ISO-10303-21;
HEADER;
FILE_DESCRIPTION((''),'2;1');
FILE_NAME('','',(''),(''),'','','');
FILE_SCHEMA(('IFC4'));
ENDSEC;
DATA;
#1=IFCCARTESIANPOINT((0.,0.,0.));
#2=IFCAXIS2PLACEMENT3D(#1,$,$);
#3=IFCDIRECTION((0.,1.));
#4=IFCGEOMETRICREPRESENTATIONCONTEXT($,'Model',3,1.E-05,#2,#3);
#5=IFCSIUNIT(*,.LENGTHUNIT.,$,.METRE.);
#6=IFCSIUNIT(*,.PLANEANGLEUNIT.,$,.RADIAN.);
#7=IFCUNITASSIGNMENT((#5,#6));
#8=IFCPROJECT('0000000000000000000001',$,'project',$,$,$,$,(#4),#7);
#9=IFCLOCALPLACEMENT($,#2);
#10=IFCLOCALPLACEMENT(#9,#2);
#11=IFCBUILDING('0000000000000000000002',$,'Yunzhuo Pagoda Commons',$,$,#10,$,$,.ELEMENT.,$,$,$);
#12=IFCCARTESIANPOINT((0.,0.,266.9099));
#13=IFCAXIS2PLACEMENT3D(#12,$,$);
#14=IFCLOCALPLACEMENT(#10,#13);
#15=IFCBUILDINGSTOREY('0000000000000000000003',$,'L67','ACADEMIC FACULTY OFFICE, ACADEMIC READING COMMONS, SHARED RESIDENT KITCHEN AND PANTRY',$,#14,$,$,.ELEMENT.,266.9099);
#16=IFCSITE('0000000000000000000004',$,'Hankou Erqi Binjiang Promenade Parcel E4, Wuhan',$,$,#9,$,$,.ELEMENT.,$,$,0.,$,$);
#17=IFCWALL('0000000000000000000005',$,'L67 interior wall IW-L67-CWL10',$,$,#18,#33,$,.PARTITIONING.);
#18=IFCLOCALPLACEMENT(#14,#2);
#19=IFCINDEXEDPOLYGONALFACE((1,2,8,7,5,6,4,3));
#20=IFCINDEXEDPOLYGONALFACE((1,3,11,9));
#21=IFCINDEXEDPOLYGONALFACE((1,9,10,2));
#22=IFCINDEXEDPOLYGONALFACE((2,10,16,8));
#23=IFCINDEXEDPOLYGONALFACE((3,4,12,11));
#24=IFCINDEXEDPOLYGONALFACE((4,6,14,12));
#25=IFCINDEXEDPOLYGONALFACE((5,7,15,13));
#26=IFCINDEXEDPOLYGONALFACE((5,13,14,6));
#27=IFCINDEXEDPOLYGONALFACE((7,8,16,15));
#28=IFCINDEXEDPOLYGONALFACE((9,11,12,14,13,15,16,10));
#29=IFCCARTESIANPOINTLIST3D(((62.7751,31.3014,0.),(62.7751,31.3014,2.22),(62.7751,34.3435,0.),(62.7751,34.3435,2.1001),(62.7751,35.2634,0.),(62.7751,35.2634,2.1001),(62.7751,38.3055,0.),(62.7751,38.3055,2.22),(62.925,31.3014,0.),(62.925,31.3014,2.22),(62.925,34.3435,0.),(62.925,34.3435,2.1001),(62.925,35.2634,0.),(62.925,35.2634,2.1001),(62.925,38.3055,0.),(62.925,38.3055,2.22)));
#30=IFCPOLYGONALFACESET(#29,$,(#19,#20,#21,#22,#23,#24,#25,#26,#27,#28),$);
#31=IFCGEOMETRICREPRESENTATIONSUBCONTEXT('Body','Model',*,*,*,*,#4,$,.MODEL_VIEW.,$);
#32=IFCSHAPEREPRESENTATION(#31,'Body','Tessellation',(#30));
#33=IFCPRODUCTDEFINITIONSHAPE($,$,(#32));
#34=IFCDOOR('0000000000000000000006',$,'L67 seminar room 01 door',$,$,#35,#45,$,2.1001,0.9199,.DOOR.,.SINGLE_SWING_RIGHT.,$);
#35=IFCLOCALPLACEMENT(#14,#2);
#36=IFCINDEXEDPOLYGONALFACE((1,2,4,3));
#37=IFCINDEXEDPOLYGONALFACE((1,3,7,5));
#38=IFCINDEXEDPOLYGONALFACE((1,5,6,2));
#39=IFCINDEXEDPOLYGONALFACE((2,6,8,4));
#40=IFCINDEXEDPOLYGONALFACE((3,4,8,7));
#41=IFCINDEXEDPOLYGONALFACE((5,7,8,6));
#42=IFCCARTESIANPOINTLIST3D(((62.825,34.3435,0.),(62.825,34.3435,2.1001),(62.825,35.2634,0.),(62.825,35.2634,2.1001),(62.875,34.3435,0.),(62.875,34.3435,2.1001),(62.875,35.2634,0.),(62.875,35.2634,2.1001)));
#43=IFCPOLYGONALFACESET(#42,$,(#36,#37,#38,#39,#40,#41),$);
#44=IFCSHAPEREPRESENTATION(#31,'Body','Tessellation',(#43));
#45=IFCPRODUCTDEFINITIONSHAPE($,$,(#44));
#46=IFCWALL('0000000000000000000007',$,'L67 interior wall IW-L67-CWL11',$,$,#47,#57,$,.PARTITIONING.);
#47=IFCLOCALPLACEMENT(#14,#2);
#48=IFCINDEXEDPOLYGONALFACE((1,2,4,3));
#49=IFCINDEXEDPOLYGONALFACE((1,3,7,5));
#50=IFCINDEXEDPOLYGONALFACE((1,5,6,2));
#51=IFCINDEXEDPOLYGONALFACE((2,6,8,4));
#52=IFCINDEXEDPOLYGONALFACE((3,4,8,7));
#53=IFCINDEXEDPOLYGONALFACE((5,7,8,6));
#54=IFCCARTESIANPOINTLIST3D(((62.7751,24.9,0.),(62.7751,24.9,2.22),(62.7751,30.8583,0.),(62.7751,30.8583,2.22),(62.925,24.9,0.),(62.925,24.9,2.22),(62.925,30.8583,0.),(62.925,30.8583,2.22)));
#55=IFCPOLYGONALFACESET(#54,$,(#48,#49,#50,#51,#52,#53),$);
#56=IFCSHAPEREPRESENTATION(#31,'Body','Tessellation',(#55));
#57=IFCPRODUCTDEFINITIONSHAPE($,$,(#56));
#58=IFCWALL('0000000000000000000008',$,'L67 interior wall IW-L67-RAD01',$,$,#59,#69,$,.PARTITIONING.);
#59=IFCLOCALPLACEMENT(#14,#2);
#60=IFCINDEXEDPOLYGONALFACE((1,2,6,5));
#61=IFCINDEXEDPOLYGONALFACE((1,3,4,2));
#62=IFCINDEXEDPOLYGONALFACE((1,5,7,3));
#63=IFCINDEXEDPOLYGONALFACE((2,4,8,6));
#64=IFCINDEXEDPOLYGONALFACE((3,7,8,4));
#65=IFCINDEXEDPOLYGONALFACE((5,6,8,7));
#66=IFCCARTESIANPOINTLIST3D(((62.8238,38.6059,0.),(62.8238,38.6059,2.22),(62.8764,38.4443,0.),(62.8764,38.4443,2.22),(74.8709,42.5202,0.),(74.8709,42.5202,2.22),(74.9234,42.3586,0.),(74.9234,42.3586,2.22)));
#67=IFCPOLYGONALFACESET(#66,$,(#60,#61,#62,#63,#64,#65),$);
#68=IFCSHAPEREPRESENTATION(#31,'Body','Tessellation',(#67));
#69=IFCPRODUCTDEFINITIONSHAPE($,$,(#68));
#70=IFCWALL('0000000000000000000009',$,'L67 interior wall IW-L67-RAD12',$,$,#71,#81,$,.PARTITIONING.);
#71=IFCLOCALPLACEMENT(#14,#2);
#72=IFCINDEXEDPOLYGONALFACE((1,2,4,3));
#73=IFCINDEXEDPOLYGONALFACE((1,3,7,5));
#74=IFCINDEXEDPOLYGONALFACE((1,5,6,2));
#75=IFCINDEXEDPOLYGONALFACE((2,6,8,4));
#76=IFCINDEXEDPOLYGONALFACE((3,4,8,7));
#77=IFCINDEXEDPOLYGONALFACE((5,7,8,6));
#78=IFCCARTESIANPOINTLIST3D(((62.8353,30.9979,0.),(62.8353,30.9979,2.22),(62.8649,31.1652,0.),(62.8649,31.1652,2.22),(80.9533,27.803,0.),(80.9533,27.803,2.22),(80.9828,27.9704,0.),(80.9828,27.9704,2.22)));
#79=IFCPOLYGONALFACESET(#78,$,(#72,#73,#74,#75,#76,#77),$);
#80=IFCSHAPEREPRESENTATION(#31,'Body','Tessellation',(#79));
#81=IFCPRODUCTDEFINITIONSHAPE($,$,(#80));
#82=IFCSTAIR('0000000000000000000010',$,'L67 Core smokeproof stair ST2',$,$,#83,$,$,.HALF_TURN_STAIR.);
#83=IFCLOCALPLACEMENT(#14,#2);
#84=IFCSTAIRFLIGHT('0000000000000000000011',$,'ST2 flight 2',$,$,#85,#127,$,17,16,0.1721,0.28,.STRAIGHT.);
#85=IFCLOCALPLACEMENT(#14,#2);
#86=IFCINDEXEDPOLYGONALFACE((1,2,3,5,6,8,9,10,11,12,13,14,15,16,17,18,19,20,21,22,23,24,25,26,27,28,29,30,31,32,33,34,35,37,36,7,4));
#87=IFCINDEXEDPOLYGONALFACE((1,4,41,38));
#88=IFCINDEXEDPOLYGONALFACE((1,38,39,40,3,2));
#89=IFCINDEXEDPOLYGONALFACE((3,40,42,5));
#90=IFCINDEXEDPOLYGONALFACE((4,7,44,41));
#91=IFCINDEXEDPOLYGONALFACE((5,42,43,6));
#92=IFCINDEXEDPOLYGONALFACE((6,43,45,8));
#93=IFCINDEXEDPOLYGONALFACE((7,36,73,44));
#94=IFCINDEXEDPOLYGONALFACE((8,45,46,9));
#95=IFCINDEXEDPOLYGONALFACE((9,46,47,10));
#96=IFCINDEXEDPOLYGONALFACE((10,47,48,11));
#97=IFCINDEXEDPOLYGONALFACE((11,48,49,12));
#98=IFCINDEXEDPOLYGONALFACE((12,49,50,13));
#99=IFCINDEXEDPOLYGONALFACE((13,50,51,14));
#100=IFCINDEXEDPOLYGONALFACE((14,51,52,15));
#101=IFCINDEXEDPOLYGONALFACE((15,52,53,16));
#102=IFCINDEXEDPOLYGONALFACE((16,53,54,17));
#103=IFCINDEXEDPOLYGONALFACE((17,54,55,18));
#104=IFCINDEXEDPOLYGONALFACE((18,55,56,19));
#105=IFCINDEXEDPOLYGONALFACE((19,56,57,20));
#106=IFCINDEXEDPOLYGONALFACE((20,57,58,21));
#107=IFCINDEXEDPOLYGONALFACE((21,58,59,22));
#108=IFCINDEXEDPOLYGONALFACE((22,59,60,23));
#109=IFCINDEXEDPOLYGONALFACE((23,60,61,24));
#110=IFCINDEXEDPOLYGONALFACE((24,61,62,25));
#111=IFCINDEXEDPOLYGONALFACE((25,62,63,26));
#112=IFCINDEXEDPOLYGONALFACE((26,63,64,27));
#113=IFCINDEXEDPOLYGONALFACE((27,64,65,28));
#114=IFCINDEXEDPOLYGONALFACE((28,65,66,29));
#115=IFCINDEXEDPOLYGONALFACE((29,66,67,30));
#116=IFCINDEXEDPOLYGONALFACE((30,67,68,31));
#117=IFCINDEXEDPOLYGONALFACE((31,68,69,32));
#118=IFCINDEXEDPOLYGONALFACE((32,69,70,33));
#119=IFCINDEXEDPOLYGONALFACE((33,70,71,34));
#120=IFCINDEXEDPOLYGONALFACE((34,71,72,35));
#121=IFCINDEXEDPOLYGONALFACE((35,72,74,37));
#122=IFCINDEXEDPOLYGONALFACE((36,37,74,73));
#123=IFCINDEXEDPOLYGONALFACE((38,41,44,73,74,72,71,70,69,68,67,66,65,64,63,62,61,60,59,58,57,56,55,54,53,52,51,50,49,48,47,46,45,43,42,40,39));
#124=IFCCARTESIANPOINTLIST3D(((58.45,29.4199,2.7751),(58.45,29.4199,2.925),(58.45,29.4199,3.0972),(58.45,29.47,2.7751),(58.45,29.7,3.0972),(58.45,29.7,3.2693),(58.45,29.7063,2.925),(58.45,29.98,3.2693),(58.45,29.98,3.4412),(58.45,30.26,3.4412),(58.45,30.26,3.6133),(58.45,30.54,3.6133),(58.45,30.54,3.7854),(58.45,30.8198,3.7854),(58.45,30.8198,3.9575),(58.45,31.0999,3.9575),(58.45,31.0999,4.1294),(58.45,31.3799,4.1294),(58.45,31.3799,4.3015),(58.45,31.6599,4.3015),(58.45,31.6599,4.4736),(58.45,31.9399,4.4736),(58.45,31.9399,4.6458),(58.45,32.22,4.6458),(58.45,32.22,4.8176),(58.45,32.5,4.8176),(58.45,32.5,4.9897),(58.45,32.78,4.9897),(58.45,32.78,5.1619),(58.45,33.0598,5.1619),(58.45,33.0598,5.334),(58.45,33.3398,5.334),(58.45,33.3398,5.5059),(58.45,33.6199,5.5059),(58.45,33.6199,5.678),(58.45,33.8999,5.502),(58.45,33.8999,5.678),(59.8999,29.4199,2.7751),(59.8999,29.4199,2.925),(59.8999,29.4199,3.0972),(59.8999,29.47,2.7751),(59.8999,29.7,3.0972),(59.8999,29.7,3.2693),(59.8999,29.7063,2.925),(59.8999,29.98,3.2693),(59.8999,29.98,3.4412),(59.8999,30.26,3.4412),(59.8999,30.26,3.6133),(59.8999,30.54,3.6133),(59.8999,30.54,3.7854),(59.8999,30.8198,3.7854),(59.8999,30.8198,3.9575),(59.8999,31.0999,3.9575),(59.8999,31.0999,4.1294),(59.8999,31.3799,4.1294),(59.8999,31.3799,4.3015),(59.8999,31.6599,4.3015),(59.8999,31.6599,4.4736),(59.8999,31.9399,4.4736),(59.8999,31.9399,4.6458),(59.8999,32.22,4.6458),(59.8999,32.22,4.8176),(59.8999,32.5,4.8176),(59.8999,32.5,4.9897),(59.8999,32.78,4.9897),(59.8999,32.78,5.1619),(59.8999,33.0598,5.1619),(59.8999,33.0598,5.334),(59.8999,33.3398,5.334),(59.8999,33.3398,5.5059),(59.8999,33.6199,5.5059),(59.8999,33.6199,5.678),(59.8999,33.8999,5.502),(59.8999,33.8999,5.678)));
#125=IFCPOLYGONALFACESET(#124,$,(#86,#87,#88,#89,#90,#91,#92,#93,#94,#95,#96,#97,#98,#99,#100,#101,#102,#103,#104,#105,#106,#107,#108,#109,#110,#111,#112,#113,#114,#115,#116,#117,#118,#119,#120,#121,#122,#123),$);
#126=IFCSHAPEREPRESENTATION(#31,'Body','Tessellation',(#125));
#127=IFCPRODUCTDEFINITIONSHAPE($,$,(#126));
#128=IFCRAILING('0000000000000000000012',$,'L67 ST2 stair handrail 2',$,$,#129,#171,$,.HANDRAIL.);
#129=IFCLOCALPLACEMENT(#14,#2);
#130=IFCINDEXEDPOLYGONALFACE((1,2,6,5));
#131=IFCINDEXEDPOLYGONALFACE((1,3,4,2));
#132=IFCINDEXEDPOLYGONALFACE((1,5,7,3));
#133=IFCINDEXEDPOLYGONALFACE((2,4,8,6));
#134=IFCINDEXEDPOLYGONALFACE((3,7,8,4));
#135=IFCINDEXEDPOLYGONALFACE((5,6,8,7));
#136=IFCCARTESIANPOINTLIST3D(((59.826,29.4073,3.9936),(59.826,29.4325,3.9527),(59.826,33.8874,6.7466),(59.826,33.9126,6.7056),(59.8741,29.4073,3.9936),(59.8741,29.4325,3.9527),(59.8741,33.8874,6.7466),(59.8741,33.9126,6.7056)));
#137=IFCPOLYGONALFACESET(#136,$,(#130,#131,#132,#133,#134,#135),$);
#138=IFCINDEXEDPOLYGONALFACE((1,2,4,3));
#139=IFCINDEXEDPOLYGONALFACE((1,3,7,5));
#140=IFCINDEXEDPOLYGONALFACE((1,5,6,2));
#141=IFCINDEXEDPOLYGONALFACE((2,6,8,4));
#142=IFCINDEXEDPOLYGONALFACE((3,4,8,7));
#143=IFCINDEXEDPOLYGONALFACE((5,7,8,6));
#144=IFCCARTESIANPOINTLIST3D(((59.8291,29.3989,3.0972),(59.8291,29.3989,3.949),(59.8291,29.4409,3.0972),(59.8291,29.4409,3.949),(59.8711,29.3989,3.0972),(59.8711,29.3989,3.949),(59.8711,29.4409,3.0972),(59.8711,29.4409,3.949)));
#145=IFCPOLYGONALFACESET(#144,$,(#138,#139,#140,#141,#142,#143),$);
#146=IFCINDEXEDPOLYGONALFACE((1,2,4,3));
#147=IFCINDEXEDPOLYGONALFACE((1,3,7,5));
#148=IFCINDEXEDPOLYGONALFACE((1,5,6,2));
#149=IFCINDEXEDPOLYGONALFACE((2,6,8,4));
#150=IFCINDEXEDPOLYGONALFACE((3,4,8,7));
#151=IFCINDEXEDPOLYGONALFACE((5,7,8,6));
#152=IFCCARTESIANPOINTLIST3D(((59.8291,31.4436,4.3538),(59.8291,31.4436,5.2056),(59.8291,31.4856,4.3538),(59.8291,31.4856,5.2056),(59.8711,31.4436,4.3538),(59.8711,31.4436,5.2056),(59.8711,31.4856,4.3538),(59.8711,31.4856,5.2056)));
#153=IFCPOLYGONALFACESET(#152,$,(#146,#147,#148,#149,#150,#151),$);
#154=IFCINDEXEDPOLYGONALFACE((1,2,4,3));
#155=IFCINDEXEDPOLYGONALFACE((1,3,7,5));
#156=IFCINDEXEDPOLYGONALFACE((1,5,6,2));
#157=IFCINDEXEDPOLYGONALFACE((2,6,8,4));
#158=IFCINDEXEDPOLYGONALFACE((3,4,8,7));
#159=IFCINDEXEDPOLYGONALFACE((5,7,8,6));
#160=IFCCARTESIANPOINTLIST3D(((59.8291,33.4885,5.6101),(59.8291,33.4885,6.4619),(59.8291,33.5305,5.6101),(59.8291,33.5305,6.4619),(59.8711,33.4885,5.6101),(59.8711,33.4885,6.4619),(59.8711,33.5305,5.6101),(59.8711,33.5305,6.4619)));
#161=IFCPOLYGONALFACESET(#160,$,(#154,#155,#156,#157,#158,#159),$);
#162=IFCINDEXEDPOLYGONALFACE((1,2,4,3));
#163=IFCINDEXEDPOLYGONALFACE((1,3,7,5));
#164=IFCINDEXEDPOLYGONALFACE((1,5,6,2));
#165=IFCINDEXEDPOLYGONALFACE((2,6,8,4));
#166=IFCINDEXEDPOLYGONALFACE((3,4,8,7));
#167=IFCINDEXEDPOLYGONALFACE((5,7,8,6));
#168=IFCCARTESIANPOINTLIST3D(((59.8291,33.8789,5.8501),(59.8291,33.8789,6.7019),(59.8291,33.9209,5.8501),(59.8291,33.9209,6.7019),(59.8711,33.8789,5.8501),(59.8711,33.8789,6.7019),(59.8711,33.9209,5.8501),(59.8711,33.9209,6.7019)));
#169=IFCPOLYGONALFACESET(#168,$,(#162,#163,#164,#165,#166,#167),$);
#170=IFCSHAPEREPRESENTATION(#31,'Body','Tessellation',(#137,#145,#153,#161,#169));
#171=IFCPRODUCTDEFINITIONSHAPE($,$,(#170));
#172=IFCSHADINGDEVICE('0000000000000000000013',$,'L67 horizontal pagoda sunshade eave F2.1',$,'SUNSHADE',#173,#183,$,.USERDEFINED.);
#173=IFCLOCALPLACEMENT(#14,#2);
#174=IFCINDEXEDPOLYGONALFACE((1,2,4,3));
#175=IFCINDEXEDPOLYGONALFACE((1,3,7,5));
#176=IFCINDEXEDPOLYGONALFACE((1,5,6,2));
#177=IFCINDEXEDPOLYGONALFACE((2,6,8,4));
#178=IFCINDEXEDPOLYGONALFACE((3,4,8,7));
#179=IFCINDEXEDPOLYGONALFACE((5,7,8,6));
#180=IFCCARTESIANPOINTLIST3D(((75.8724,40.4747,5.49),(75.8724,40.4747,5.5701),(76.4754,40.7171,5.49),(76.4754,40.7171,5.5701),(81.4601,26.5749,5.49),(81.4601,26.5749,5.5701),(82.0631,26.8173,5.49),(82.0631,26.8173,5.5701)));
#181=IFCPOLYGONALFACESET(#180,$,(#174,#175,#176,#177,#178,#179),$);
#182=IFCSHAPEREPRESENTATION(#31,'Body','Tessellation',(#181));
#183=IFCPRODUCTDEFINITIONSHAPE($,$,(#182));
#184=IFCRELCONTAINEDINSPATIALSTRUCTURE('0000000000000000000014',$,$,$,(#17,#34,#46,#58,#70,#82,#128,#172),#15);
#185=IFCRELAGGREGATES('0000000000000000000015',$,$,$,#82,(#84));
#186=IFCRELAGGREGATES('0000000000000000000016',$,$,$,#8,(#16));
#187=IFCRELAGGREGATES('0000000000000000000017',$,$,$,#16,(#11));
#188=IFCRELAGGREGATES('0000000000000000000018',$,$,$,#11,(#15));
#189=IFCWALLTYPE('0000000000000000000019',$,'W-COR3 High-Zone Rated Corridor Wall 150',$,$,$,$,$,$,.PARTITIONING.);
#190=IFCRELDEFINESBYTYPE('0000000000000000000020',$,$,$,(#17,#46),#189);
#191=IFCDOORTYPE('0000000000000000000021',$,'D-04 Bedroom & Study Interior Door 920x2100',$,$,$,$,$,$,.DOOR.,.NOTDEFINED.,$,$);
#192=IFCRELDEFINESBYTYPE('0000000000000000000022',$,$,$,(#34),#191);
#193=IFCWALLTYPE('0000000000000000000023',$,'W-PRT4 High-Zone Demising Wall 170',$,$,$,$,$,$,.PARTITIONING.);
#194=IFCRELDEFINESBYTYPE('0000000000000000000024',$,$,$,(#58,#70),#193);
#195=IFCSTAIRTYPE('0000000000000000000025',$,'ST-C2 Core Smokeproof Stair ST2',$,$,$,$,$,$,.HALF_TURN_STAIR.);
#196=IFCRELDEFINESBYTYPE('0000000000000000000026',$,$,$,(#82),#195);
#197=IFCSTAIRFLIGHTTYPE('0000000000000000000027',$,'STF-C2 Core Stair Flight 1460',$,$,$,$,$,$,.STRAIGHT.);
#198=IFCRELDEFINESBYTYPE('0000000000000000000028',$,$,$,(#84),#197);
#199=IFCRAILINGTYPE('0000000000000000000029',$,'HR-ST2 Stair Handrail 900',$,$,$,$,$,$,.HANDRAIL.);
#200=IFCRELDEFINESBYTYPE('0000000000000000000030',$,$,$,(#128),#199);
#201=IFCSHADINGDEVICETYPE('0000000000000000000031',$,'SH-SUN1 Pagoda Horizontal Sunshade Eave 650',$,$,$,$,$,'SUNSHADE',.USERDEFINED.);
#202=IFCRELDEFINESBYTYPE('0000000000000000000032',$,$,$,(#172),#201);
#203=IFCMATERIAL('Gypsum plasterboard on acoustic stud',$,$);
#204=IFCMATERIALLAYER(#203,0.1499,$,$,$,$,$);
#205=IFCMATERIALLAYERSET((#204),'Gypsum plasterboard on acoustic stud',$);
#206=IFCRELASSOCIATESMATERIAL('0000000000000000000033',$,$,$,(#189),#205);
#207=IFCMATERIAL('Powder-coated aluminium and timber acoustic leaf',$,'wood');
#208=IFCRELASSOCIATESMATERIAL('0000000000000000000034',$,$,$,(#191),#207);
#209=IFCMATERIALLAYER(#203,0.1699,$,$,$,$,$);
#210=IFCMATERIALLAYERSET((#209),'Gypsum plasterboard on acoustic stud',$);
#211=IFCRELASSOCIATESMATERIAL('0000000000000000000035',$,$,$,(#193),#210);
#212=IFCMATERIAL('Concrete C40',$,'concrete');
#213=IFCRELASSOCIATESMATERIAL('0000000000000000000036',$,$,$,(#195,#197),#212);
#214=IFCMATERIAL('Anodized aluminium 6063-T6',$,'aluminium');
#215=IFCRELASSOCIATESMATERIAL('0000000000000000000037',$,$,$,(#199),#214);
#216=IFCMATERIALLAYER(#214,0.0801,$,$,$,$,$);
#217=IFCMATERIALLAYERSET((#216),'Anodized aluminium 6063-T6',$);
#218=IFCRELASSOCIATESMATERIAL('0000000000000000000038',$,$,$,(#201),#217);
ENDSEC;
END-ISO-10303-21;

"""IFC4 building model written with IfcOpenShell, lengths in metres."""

from ifc_helpers import new_model, si_unit, direction, frame, frame_2d, origin, origin_with_axes, origin_2d, place, context, subcontext, project, spatial, polyline, rectangle, outline, extrude, source, transform, mapped, material, layer, layer_set, type_object, element, fill, aggregate, save


model = new_model("IFC4")

# Units and contexts
model_context = context("Model", 3, precision=1e-05, world=origin(), true_north=direction((0.0, 1.0)))
body_context = subcontext(model_context, "Body", "Model", "MODEL_VIEW")
ifc_project = project(units=[si_unit("LENGTHUNIT", "METRE"), si_unit("PLANEANGLEUNIT", "RADIAN")], contexts=[model_context])

# Site, building, storey
site_placement = place(None, origin())
site = spatial("IfcSite", under=ifc_project, at=site_placement, Name="Hankou Erqi Binjiang Promenade Parcel E4, Wuhan", CompositionType="ELEMENT", RefElevation=0.0)
building_placement = place(site_placement, origin())
building = spatial("IfcBuilding", under=site, at=building_placement, Name="Yunzhuo Pagoda Commons", CompositionType="ELEMENT")
storey_placement = place(building_placement, frame((0.0, 0.0, 266.9099)))
storey = spatial("IfcBuildingStorey", under=building, at=storey_placement, Name="L67", Description="ACADEMIC FACULTY OFFICE, ACADEMIC READING COMMONS, SHARED RESIDENT KITCHEN AND PANTRY", CompositionType="ELEMENT", Elevation=266.9099)

# Shared definitions
ifc_material_1 = material(Name="Anodized aluminium 6063-T6", Category="aluminium")

# Shared definitions
ifc_material_2 = material(Name="Gypsum plasterboard on acoustic stud")
ifc_layer_1 = layer(ifc_material_2, 0.1499)
ifc_layer_set_1 = layer_set([ifc_layer_1], Name="Gypsum plasterboard on acoustic stud")
wall_type_1 = type_object("IfcWallType", Name="W-COR3 High-Zone Rated Corridor Wall 150", PredefinedType="PARTITIONING", material=ifc_layer_set_1)

# Wall, opening, door
wall_1_placement = place(storey_placement, frame((62.8501, 38.3054, 0.0), z_axis=(0.0, 0.0, 1.0), x_axis=(0.0, -1.0, 0.0)))
wall_1 = element("IfcWall", 1, at=wall_1_placement, inside=storey, type_object=wall_type_1, Name="L67 interior wall IW-L67-CWL10", PredefinedType="PARTITIONING", context=body_context, shape_type="SweptSolid", body=[
    extrude(rectangle(XDim=7.0042, YDim=0.1499, at=frame_2d((3.502, 0.0))), origin(), (0.0, 0.0, 1.0), 2.22),
])
opening_placement = place(wall_1_placement, frame((3.042, 0.0, 0.0)))
opening = element("IfcOpeningElement", 2, at=opening_placement, cuts=wall_1, PredefinedType="OPENING", context=body_context, shape_type="SweptSolid", body=[
    extrude(rectangle(XDim=0.9199, YDim=2.1001, at=frame_2d((0.46, 1.05))), frame((0.0, 0.085, 0.0), z_axis=(0.0, -1.0, 0.0), x_axis=(1.0, 0.0, 0.0)), (0.0, 0.0, 1.0), 0.1699),
])
ifc_material_3 = material(Name="Powder-coated aluminium and timber acoustic leaf", Category="wood")
door_type = type_object("IfcDoorType", Name="D-04 Bedroom & Study Interior Door 920x2100", OperationType="NOTDEFINED", PredefinedType="DOOR", material=ifc_material_3)
shared_shape_1 = source(origin(), body_context, "Body", "SweptSolid", [
    extrude(rectangle(XDim=0.9199, YDim=2.1001, at=frame_2d((0.46, 1.05))), frame((0.0, 0.0249, 0.0), z_axis=(0.0, -1.0, 0.0), x_axis=(1.0, 0.0, 0.0)), (0.0, 0.0, 1.0), 0.05),
])
door_placement = place(opening_placement, origin_with_axes())
door = element("IfcDoor", 3, at=door_placement, inside=storey, type_object=door_type, Name="L67 seminar room 01 door", OperationType="SINGLE_SWING_RIGHT", OverallHeight=2.1001, OverallWidth=0.9199, PredefinedType="DOOR", context=body_context, shape_type="MappedRepresentation", body=[
    mapped(shared_shape_1, transform((0.0, 0.0, 0.0), scale=1.0)),
])
fill(opening, door)

# Walls
wall_2_placement = place(storey_placement, frame((62.8501, 30.8582, 0.0), z_axis=(0.0, 0.0, 1.0), x_axis=(0.0, -1.0, 0.0)))
element("IfcWall", 4, at=wall_2_placement, inside=storey, type_object=wall_type_1, Name="L67 interior wall IW-L67-CWL11", PredefinedType="PARTITIONING", context=body_context, shape_type="SweptSolid", body=[
    extrude(rectangle(XDim=5.9583, YDim=0.1499, at=frame_2d((2.979, 0.0))), origin(), (0.0, 0.0, 1.0), 2.22),
])
ifc_layer_2 = layer(ifc_material_2, 0.1699)
ifc_layer_set_2 = layer_set([ifc_layer_2], Name="Gypsum plasterboard on acoustic stud")
wall_type_2 = type_object("IfcWallType", Name="W-PRT4 High-Zone Demising Wall 170", PredefinedType="PARTITIONING", material=ifc_layer_set_2)
wall_3_placement = place(storey_placement, frame((62.8501, 38.5251, 0.0), z_axis=(0.0, 0.0, 1.0), x_axis=(0.951057, 0.309014, 0.0)))
element("IfcWall", 5, at=wall_3_placement, inside=storey, type_object=wall_type_2, Name="L67 interior wall IW-L67-RAD01", PredefinedType="PARTITIONING", context=body_context, shape_type="SweptSolid", body=[
    extrude(rectangle(XDim=12.667, YDim=0.1699, at=frame_2d((6.3335, 0.0))), origin(), (0.0, 0.0, 1.0), 2.22),
])
wall_4_placement = place(storey_placement, frame((62.8501, 31.0815, 0.0), z_axis=(0.0, 0.0, 1.0), x_axis=(0.984806, -0.173656, 0.0)))
element("IfcWall", 6, at=wall_4_placement, inside=storey, type_object=wall_type_2, Name="L67 interior wall IW-L67-RAD12", PredefinedType="PARTITIONING", context=body_context, shape_type="SweptSolid", body=[
    extrude(rectangle(XDim=18.3975, YDim=0.1699, at=frame_2d((9.1987, 0.0))), origin(), (0.0, 0.0, 1.0), 2.22),
])

# Stair, stair flight
ifc_material_4 = material(Name="Concrete C40", Category="concrete")
stair_type = type_object("IfcStairType", Name="ST-C2 Core Smokeproof Stair ST2", PredefinedType="HALF_TURN_STAIR", material=ifc_material_4)
stair_placement = place(storey_placement, origin())
stair = element("IfcStair", 7, at=stair_placement, inside=storey, type_object=stair_type, Name="L67 Core smokeproof stair ST2", PredefinedType="HALF_TURN_STAIR")
stair_flight_type = type_object("IfcStairFlightType", Name="STF-C2 Core Stair Flight 1460", PredefinedType="STRAIGHT", material=ifc_material_4)
shared_shape_2 = source(origin(), body_context, "Body", "SweptSolid", [
    extrude(outline(polyline([(0.0, -0.1499), (0.0, 0.0), (0.0, 0.1721), (0.28, 0.1721), (0.28, 0.3442), (0.5601, 0.3442), (0.5601, 0.5161), (0.8401, 0.5161), (0.8401, 0.6882), (1.1201, 0.6882), (1.1201, 0.8604), (1.3999, 0.8604), (1.3999, 1.0325), (1.6799, 1.0325), (1.6799, 1.2043), (1.96, 1.2043), (1.96, 1.3765), (2.24, 1.3765), (2.24, 1.5486), (2.52, 1.5486), (2.52, 1.7207), (2.8, 1.7207), (2.8, 1.8926), (3.0801, 1.8926), (3.0801, 2.0647), (3.3601, 2.0647), (3.3601, 2.2368), (3.6399, 2.2368), (3.6399, 2.4089), (3.9199, 2.4089), (3.9199, 2.5808), (4.2, 2.5808), (4.2, 2.7529), (4.48, 2.7529), (4.48, 2.925), (4.48, 2.5769), (0.2864, 0.0), (0.05, -0.1499), (0.0, -0.1499)])), frame((0.0, 0.7251, 0.0), z_axis=(0.0, -1.0, 0.0), x_axis=(1.0, 0.0, 0.0)), (0.0, 0.0, 1.0), 1.45),
])
stair_flight_placement = place(storey_placement, frame((59.175, 29.4199, 2.925), z_axis=(0.0, 0.0, 1.0), x_axis=(0.0, 1.0, 0.0)))
stair_flight = element("IfcStairFlight", 8, at=stair_flight_placement, type_object=stair_flight_type, Name="ST2 flight 2", NumberOfRisers=17, NumberOfTreads=16, PredefinedType="STRAIGHT", RiserHeight=0.1721, TreadLength=0.28, context=body_context, shape_type="MappedRepresentation", body=[
    mapped(shared_shape_2, transform((0.0, 0.0, 0.0), scale=1.0)),
])
aggregate(stair, [stair_flight])

# Railing
railing_type = type_object("IfcRailingType", Name="HR-ST2 Stair Handrail 900", PredefinedType="HANDRAIL", material=ifc_material_1)
railing_placement = place(storey_placement, frame((59.8501, 29.4199, 3.0972)))
element("IfcRailing", 9, at=railing_placement, inside=storey, type_object=railing_type, Name="L67 ST2 stair handrail 2", PredefinedType="HANDRAIL", context=body_context, shape_type="SweptSolid", body=[
    extrude(rectangle(XDim=0.0481, YDim=0.0481, at=origin_2d()), frame((0.0, 0.0, 0.876), z_axis=(0.0, 0.851996, 0.523548), x_axis=(-1.0, 0.0, 0.0)), (0.0, 0.0, 1.0), 5.2583),
    extrude(rectangle(XDim=0.042, YDim=0.042, at=origin_2d()), origin(), (0.0, 0.0, 1.0), 0.8518),
    extrude(rectangle(XDim=0.042, YDim=0.042, at=origin_2d()), frame((0.0, 2.0447, 1.2566)), (0.0, 0.0, 1.0), 0.8518),
    extrude(rectangle(XDim=0.042, YDim=0.042, at=origin_2d()), frame((0.0, 4.0896, 2.5129)), (0.0, 0.0, 1.0), 0.8518),
    extrude(rectangle(XDim=0.042, YDim=0.042, at=origin_2d()), frame((0.0, 4.48, 2.7529)), (0.0, 0.0, 1.0), 0.8518),
])

# Shading device
ifc_layer_3 = layer(ifc_material_1, 0.0801)
ifc_layer_set_3 = layer_set([ifc_layer_3], Name="Anodized aluminium 6063-T6")
shading_device_type = type_object("IfcShadingDeviceType", Name="SH-SUN1 Pagoda Horizontal Sunshade Eave 650", ElementType="SUNSHADE", PredefinedType="USERDEFINED", material=ifc_layer_set_3)
shared_shape_3 = source(origin(), body_context, "Body", "SweptSolid", [
    extrude(rectangle(XDim=14.981, YDim=0.6499, at=origin_2d()), origin(), (0.0, 0.0, 1.0), 0.0801),
])
shading_device_placement = place(storey_placement, frame((78.9678, 33.646, 5.49), z_axis=(0.0, 0.0, 1.0), x_axis=(-0.372988, 0.927836, 0.0)))
element("IfcShadingDevice", 10, at=shading_device_placement, inside=storey, type_object=shading_device_type, Name="L67 horizontal pagoda sunshade eave F2.1", ObjectType="SUNSHADE", PredefinedType="USERDEFINED", context=body_context, shape_type="MappedRepresentation", body=[
    mapped(shared_shape_3, transform((0.0, 0.0, 0.0), scale=1.0)),
])

save(model, "model.ifc")
